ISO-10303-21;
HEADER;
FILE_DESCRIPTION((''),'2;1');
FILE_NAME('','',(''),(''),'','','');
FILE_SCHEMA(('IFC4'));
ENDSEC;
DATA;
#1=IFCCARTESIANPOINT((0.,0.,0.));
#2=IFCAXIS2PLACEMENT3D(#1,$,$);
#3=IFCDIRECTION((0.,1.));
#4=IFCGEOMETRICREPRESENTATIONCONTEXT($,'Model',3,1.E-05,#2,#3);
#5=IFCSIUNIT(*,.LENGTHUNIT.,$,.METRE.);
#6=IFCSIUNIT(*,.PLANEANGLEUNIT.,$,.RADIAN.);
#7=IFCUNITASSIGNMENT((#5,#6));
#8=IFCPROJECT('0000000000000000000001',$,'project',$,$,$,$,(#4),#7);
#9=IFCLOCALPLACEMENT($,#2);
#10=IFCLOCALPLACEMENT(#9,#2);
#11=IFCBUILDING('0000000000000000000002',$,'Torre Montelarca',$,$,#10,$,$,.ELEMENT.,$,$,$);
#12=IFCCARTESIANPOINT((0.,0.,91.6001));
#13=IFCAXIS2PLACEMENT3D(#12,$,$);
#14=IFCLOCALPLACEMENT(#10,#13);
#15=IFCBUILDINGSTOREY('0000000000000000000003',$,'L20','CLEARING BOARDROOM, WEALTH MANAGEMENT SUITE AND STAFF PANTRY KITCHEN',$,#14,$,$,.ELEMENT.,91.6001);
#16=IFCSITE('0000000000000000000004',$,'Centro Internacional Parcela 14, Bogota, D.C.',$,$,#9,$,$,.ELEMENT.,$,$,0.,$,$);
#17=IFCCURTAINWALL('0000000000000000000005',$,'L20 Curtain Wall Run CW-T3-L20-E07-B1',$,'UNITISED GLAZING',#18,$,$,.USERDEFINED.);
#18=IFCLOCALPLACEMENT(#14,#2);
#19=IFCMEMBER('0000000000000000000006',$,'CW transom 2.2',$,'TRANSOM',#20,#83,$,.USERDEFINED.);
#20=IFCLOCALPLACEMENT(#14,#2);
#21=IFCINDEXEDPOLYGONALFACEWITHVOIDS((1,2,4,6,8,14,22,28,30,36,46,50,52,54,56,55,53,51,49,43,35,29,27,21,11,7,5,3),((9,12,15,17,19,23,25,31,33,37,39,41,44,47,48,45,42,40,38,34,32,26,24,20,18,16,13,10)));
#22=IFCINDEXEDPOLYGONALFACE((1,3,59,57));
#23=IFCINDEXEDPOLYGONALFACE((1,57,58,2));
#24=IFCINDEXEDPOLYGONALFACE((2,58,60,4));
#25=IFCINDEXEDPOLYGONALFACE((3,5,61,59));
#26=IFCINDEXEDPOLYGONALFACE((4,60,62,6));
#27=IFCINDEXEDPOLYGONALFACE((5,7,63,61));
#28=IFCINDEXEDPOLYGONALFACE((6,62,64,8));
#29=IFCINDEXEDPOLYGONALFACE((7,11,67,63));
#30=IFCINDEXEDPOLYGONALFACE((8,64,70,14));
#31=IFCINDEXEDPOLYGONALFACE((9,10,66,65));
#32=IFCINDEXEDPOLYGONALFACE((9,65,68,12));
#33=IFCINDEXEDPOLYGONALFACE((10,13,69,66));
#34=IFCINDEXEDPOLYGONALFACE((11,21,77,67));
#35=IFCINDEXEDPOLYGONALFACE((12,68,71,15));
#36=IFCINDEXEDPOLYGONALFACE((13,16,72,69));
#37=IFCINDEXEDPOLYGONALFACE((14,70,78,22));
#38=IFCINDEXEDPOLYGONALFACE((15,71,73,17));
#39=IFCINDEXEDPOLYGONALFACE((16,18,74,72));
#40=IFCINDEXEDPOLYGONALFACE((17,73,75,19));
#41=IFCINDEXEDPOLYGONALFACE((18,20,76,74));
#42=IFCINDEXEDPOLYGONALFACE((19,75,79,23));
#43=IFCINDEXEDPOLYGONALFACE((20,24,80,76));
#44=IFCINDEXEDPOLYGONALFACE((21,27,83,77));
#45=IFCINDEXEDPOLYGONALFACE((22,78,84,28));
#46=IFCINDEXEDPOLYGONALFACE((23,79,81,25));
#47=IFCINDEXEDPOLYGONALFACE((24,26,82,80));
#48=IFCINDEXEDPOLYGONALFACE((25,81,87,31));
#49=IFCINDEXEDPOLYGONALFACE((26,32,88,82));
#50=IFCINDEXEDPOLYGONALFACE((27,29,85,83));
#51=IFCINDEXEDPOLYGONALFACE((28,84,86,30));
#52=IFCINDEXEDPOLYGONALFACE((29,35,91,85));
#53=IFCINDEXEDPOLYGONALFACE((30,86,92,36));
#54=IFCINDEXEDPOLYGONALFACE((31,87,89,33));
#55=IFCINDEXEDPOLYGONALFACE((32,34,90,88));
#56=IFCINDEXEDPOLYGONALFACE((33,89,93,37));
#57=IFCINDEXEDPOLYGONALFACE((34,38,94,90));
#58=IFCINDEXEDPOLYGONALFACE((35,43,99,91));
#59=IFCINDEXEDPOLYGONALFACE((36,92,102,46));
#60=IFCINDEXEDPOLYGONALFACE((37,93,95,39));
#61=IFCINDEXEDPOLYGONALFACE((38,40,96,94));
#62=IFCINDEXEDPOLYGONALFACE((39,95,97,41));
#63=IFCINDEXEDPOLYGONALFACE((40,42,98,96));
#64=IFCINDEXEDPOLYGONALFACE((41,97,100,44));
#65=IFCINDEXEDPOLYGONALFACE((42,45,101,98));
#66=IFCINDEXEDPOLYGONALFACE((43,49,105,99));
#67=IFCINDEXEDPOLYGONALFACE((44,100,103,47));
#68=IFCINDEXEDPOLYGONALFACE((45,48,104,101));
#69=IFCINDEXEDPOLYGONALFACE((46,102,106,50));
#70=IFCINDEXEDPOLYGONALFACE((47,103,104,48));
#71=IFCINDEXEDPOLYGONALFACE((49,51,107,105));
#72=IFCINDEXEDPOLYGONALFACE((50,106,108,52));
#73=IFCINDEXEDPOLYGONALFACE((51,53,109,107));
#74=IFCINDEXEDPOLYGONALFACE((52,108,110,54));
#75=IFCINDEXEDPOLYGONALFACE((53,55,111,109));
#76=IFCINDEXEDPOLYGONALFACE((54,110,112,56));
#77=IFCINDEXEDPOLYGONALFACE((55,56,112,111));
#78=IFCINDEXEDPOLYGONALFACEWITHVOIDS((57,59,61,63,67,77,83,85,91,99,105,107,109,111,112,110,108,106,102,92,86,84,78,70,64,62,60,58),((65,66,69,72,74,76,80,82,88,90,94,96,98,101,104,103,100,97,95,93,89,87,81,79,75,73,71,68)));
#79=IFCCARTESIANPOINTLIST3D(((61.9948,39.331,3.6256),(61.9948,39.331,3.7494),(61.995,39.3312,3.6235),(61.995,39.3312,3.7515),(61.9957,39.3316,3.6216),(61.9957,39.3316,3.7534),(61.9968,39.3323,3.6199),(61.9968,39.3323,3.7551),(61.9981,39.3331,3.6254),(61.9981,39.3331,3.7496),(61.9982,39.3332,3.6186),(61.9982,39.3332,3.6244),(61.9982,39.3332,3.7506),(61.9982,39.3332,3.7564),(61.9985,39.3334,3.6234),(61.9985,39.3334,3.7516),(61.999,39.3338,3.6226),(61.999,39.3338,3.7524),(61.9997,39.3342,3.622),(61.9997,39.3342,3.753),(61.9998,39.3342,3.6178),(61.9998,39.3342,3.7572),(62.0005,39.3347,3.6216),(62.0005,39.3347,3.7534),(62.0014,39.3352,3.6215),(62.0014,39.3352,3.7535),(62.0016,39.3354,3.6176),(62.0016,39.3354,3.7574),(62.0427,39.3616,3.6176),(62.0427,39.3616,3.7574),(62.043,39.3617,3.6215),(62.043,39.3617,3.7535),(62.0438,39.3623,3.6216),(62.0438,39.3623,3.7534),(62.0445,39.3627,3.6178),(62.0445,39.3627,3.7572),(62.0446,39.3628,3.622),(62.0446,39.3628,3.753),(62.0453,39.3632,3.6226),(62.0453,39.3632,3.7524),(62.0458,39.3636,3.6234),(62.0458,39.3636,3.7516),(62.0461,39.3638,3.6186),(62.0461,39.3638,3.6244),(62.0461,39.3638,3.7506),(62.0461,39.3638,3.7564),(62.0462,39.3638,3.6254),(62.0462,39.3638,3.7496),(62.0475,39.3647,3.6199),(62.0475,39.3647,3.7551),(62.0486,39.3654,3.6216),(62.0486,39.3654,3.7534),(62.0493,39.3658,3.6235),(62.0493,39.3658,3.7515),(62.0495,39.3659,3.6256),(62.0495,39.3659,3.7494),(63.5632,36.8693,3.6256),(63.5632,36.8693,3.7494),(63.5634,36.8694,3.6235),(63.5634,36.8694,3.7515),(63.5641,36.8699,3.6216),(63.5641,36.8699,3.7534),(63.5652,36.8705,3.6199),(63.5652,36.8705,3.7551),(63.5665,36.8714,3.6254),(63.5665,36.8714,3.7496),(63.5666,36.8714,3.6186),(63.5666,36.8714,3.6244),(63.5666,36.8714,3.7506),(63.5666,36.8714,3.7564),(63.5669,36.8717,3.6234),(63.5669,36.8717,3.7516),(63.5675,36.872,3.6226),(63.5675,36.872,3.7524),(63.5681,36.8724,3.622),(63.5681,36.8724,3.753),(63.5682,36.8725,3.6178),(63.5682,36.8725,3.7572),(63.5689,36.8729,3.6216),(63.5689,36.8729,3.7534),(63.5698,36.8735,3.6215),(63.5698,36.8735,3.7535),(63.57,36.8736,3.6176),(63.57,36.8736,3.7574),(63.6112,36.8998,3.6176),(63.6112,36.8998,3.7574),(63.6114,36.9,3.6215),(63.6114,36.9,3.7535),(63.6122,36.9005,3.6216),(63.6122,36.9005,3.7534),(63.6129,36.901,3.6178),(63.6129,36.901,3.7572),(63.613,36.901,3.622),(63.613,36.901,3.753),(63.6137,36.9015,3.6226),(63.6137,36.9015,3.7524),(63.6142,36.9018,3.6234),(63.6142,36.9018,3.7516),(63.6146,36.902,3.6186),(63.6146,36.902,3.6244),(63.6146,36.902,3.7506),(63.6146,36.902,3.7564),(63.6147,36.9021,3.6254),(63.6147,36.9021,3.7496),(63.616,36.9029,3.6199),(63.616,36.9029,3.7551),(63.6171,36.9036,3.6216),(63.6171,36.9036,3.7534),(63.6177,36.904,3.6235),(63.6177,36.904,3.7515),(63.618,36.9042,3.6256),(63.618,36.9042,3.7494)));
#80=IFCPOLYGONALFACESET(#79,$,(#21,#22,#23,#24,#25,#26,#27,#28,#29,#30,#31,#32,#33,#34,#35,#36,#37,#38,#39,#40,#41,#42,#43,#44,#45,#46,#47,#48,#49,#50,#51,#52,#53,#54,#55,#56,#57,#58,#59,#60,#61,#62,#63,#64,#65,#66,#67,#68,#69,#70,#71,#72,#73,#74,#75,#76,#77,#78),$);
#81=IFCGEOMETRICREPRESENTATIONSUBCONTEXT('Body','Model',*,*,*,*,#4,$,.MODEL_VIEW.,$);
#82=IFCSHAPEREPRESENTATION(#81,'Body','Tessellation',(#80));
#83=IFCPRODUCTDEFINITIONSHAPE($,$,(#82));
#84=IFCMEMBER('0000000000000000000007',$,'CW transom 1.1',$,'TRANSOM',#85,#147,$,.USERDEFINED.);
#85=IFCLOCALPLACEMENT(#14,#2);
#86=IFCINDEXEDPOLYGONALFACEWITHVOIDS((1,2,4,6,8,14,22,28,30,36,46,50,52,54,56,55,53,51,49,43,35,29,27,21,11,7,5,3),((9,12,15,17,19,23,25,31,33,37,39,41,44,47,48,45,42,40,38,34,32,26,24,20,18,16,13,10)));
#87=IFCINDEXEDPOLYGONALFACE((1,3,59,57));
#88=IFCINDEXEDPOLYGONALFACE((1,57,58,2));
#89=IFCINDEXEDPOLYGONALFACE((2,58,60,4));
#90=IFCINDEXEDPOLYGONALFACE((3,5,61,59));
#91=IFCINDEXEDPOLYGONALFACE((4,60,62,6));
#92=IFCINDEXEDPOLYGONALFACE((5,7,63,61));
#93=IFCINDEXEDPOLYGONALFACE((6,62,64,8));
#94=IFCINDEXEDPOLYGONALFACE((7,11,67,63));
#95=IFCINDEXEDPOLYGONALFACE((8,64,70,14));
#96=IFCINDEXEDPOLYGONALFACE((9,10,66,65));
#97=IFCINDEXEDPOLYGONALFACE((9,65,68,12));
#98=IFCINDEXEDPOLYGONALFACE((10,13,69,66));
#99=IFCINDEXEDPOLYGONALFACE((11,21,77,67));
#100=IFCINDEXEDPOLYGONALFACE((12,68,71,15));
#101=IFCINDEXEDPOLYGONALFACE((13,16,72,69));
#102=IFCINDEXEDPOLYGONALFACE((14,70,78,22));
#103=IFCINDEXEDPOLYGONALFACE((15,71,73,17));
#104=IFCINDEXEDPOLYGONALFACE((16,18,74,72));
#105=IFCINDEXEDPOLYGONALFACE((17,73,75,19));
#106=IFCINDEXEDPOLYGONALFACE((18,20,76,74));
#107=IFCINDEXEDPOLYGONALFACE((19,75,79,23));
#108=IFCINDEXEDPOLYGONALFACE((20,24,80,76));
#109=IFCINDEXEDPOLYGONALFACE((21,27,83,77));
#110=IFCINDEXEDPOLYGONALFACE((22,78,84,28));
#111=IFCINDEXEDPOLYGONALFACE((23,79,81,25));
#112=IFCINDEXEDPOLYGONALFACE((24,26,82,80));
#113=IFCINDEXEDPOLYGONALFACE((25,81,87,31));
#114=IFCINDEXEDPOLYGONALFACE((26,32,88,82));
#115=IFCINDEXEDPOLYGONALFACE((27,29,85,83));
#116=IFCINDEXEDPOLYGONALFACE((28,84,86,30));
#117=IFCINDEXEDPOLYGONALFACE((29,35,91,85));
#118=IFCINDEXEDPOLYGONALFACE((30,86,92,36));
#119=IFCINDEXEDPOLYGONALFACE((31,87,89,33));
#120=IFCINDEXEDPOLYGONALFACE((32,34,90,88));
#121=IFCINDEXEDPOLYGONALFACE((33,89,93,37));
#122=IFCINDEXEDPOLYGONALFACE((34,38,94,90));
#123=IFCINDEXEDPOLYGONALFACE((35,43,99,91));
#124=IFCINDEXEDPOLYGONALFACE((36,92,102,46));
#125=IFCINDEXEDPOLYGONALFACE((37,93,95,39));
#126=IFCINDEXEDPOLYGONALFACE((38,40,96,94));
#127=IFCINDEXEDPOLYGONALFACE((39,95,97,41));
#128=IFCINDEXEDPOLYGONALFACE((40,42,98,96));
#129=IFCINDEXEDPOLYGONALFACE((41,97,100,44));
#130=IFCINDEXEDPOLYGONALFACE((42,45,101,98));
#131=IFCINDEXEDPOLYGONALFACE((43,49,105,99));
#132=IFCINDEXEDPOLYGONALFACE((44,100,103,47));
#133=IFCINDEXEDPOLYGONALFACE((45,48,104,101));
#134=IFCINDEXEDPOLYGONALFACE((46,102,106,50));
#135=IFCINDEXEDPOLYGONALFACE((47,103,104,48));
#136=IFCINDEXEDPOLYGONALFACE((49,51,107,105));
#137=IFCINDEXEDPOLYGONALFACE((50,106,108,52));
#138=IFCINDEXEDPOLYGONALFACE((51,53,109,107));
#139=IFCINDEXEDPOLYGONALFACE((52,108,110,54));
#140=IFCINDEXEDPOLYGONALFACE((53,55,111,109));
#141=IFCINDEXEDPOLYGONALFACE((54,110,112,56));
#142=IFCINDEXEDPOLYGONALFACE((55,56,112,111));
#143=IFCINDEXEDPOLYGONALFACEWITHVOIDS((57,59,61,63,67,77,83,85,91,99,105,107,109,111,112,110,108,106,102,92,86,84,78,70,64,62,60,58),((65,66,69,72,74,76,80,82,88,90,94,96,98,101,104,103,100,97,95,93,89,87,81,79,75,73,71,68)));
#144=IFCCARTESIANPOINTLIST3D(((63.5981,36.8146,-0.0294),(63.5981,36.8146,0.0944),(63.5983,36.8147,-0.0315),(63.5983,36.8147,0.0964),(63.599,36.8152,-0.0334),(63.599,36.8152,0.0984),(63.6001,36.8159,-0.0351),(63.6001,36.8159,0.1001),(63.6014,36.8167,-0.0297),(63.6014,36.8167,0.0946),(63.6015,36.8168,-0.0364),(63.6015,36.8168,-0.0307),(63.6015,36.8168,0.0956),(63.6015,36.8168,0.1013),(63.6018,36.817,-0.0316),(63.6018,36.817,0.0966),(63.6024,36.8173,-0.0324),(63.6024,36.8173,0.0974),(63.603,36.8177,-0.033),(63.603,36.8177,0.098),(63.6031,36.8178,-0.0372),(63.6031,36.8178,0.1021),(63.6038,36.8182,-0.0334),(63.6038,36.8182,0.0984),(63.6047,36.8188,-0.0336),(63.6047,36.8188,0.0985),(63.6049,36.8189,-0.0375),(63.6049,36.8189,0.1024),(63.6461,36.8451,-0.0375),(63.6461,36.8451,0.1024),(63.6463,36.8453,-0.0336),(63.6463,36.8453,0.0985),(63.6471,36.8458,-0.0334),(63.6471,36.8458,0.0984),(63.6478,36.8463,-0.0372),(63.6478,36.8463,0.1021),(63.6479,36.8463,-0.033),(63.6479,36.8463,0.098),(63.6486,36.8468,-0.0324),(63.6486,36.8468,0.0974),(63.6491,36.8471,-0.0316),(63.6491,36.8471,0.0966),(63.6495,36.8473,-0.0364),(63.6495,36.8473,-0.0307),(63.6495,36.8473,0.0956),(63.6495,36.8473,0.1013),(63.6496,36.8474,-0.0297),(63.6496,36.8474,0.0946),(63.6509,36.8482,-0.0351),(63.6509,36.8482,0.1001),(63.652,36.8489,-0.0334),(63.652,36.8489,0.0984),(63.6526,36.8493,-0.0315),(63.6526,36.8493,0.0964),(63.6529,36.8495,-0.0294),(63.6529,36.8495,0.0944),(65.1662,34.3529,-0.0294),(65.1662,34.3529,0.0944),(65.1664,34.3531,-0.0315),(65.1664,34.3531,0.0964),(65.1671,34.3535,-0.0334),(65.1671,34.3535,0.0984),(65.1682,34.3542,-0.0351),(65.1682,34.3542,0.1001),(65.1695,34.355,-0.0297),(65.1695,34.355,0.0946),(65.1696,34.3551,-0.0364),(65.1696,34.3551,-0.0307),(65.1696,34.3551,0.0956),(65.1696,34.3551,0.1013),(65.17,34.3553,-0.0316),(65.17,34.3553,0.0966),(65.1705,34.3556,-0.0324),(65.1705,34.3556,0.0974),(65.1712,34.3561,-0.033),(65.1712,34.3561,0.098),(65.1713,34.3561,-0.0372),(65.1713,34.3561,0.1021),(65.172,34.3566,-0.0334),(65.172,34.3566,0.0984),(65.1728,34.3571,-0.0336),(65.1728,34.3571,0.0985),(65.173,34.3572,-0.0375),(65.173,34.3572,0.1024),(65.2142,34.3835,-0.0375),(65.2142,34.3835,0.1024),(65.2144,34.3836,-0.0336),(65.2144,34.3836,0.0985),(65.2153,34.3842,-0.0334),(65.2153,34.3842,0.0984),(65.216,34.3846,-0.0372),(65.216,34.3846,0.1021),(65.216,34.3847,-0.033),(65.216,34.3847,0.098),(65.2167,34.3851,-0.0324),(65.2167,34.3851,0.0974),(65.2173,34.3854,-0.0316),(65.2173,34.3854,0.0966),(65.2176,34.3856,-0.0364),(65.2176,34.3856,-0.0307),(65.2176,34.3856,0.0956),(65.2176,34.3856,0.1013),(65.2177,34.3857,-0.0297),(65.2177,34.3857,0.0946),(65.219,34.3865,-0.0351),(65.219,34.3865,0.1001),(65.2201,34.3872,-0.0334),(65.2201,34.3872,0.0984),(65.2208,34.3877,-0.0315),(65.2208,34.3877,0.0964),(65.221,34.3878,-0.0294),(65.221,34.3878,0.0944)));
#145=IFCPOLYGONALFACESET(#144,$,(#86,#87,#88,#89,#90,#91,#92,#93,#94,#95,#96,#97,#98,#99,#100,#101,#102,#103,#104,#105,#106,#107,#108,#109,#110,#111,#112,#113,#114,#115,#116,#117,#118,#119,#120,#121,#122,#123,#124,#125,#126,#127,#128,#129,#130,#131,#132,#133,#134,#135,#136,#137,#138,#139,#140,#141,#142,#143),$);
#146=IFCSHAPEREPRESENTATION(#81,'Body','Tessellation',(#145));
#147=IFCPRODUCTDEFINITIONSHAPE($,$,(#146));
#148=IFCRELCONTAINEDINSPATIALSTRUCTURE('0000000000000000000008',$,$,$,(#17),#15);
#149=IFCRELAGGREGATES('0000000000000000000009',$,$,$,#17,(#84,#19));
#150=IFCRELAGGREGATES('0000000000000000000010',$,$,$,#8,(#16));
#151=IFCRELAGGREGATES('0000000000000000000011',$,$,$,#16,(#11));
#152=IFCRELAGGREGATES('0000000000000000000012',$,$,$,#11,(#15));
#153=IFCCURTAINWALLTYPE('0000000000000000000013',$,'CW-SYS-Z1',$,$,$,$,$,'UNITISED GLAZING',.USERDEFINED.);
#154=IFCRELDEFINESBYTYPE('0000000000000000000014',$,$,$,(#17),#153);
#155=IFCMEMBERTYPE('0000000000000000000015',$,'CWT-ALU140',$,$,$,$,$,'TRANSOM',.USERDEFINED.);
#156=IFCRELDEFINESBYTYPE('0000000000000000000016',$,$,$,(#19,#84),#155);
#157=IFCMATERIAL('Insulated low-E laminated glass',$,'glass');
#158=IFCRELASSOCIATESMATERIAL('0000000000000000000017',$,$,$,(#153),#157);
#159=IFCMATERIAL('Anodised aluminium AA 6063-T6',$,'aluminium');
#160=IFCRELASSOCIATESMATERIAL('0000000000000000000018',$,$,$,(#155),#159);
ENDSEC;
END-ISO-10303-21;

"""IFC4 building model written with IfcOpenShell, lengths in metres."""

from ifc_helpers import new_model, si_unit, direction, frame, origin, origin_2d, place, context, subcontext, project, spatial, hollow_rectangle, extrude, source, transform, mapped, material, material_profile, profile_set, type_object, element, aggregate, save


model = new_model("IFC4")

# Units and contexts
model_context = context("Model", 3, precision=1e-05, world=origin(), true_north=direction((0.0, 1.0)))
body_context = subcontext(model_context, "Body", "Model", "MODEL_VIEW")
ifc_project = project(units=[si_unit("LENGTHUNIT", "METRE"), si_unit("PLANEANGLEUNIT", "RADIAN")], contexts=[model_context])

# Site, building, storey
site_placement = place(None, origin())
site = spatial("IfcSite", under=ifc_project, at=site_placement, Name="Centro Internacional Parcela 14, Bogota, D.C.", CompositionType="ELEMENT", RefElevation=0.0)
building_placement = place(site_placement, origin())
building = spatial("IfcBuilding", under=site, at=building_placement, Name="Torre Montelarca", CompositionType="ELEMENT")
storey_placement = place(building_placement, frame((0.0, 0.0, 91.6001)))
storey = spatial("IfcBuildingStorey", under=building, at=storey_placement, Name="L20", Description="CLEARING BOARDROOM, WEALTH MANAGEMENT SUITE AND STAFF PANTRY KITCHEN", CompositionType="ELEMENT", Elevation=91.6001)

# Curtain wall, members
ifc_material_1 = material(Name="Insulated low-E laminated glass", Category="glass")
curtain_wall_type = type_object("IfcCurtainWallType", Name="CW-SYS-Z1", ElementType="UNITISED GLAZING", PredefinedType="USERDEFINED", material=ifc_material_1)
curtain_wall_1_placement = place(storey_placement, origin())
curtain_wall_1 = element("IfcCurtainWall", 1, at=curtain_wall_1_placement, inside=storey, type_object=curtain_wall_type, Name="L20 Curtain Wall Run CW-T3-L20-E07-B1", ObjectType="UNITISED GLAZING", PredefinedType="USERDEFINED")
ifc_material_2 = material(Name="Anodised aluminium AA 6063-T6", Category="aluminium")
ifc_material_profile_1 = material_profile(ifc_material_2, hollow_rectangle(XDim=0.0649, YDim=0.1399, WallThickness=0.0039, InnerFilletRadius=0.0039, OuterFilletRadius=0.0081, at=origin_2d()), Name="ALU65X140X4", Category="aluminium")
ifc_profile_set_1 = profile_set([ifc_material_profile_1], Name="Anodised aluminium AA 6063-T6")
member_type_1 = type_object("IfcMemberType", Name="CWT-ALU140", ElementType="TRANSOM", PredefinedType="USERDEFINED", material=ifc_profile_set_1)
shared_shape_1 = source(origin(), body_context, "Body", "SweptSolid", [
    extrude(hollow_rectangle(XDim=0.0649, YDim=0.1399, WallThickness=0.0039, InnerFilletRadius=0.0039, OuterFilletRadius=0.0081, at=origin_2d()), origin(), (0.0, 0.0, 1.0), 2.9189),
])
member_1_placement = place(storey_placement, frame((63.5906, 36.8867, 3.6875), z_axis=(-0.537325, 0.843376, 0.0), x_axis=(-0.843376, -0.537325, 0.0)))
member_1 = element("IfcMember", 2, at=member_1_placement, type_object=member_type_1, Name="CW transom 2.2", ObjectType="TRANSOM", PredefinedType="USERDEFINED", context=body_context, shape_type="MappedRepresentation", body=[
    mapped(shared_shape_1, transform((0.0, 0.0, 0.0), scale=1.0)),
])
shared_shape_2 = source(origin(), body_context, "Body", "SweptSolid", [
    extrude(hollow_rectangle(XDim=0.0649, YDim=0.1399, WallThickness=0.0039, InnerFilletRadius=0.0039, OuterFilletRadius=0.0081, at=origin_2d()), origin(), (0.0, 0.0, 1.0), 2.9187),
])
member_2_placement = place(storey_placement, frame((65.1936, 34.3704, 0.0325), z_axis=(-0.537265, 0.843413, 0.0), x_axis=(-0.843413, -0.537265, 0.0)))
member_2 = element("IfcMember", 3, at=member_2_placement, type_object=member_type_1, Name="CW transom 1.1", ObjectType="TRANSOM", PredefinedType="USERDEFINED", context=body_context, shape_type="MappedRepresentation", body=[
    mapped(shared_shape_2, transform((0.0, 0.0, 0.0), scale=1.0)),
])

aggregate(curtain_wall_1, [member_2, member_1])

save(model, "model.ifc")
